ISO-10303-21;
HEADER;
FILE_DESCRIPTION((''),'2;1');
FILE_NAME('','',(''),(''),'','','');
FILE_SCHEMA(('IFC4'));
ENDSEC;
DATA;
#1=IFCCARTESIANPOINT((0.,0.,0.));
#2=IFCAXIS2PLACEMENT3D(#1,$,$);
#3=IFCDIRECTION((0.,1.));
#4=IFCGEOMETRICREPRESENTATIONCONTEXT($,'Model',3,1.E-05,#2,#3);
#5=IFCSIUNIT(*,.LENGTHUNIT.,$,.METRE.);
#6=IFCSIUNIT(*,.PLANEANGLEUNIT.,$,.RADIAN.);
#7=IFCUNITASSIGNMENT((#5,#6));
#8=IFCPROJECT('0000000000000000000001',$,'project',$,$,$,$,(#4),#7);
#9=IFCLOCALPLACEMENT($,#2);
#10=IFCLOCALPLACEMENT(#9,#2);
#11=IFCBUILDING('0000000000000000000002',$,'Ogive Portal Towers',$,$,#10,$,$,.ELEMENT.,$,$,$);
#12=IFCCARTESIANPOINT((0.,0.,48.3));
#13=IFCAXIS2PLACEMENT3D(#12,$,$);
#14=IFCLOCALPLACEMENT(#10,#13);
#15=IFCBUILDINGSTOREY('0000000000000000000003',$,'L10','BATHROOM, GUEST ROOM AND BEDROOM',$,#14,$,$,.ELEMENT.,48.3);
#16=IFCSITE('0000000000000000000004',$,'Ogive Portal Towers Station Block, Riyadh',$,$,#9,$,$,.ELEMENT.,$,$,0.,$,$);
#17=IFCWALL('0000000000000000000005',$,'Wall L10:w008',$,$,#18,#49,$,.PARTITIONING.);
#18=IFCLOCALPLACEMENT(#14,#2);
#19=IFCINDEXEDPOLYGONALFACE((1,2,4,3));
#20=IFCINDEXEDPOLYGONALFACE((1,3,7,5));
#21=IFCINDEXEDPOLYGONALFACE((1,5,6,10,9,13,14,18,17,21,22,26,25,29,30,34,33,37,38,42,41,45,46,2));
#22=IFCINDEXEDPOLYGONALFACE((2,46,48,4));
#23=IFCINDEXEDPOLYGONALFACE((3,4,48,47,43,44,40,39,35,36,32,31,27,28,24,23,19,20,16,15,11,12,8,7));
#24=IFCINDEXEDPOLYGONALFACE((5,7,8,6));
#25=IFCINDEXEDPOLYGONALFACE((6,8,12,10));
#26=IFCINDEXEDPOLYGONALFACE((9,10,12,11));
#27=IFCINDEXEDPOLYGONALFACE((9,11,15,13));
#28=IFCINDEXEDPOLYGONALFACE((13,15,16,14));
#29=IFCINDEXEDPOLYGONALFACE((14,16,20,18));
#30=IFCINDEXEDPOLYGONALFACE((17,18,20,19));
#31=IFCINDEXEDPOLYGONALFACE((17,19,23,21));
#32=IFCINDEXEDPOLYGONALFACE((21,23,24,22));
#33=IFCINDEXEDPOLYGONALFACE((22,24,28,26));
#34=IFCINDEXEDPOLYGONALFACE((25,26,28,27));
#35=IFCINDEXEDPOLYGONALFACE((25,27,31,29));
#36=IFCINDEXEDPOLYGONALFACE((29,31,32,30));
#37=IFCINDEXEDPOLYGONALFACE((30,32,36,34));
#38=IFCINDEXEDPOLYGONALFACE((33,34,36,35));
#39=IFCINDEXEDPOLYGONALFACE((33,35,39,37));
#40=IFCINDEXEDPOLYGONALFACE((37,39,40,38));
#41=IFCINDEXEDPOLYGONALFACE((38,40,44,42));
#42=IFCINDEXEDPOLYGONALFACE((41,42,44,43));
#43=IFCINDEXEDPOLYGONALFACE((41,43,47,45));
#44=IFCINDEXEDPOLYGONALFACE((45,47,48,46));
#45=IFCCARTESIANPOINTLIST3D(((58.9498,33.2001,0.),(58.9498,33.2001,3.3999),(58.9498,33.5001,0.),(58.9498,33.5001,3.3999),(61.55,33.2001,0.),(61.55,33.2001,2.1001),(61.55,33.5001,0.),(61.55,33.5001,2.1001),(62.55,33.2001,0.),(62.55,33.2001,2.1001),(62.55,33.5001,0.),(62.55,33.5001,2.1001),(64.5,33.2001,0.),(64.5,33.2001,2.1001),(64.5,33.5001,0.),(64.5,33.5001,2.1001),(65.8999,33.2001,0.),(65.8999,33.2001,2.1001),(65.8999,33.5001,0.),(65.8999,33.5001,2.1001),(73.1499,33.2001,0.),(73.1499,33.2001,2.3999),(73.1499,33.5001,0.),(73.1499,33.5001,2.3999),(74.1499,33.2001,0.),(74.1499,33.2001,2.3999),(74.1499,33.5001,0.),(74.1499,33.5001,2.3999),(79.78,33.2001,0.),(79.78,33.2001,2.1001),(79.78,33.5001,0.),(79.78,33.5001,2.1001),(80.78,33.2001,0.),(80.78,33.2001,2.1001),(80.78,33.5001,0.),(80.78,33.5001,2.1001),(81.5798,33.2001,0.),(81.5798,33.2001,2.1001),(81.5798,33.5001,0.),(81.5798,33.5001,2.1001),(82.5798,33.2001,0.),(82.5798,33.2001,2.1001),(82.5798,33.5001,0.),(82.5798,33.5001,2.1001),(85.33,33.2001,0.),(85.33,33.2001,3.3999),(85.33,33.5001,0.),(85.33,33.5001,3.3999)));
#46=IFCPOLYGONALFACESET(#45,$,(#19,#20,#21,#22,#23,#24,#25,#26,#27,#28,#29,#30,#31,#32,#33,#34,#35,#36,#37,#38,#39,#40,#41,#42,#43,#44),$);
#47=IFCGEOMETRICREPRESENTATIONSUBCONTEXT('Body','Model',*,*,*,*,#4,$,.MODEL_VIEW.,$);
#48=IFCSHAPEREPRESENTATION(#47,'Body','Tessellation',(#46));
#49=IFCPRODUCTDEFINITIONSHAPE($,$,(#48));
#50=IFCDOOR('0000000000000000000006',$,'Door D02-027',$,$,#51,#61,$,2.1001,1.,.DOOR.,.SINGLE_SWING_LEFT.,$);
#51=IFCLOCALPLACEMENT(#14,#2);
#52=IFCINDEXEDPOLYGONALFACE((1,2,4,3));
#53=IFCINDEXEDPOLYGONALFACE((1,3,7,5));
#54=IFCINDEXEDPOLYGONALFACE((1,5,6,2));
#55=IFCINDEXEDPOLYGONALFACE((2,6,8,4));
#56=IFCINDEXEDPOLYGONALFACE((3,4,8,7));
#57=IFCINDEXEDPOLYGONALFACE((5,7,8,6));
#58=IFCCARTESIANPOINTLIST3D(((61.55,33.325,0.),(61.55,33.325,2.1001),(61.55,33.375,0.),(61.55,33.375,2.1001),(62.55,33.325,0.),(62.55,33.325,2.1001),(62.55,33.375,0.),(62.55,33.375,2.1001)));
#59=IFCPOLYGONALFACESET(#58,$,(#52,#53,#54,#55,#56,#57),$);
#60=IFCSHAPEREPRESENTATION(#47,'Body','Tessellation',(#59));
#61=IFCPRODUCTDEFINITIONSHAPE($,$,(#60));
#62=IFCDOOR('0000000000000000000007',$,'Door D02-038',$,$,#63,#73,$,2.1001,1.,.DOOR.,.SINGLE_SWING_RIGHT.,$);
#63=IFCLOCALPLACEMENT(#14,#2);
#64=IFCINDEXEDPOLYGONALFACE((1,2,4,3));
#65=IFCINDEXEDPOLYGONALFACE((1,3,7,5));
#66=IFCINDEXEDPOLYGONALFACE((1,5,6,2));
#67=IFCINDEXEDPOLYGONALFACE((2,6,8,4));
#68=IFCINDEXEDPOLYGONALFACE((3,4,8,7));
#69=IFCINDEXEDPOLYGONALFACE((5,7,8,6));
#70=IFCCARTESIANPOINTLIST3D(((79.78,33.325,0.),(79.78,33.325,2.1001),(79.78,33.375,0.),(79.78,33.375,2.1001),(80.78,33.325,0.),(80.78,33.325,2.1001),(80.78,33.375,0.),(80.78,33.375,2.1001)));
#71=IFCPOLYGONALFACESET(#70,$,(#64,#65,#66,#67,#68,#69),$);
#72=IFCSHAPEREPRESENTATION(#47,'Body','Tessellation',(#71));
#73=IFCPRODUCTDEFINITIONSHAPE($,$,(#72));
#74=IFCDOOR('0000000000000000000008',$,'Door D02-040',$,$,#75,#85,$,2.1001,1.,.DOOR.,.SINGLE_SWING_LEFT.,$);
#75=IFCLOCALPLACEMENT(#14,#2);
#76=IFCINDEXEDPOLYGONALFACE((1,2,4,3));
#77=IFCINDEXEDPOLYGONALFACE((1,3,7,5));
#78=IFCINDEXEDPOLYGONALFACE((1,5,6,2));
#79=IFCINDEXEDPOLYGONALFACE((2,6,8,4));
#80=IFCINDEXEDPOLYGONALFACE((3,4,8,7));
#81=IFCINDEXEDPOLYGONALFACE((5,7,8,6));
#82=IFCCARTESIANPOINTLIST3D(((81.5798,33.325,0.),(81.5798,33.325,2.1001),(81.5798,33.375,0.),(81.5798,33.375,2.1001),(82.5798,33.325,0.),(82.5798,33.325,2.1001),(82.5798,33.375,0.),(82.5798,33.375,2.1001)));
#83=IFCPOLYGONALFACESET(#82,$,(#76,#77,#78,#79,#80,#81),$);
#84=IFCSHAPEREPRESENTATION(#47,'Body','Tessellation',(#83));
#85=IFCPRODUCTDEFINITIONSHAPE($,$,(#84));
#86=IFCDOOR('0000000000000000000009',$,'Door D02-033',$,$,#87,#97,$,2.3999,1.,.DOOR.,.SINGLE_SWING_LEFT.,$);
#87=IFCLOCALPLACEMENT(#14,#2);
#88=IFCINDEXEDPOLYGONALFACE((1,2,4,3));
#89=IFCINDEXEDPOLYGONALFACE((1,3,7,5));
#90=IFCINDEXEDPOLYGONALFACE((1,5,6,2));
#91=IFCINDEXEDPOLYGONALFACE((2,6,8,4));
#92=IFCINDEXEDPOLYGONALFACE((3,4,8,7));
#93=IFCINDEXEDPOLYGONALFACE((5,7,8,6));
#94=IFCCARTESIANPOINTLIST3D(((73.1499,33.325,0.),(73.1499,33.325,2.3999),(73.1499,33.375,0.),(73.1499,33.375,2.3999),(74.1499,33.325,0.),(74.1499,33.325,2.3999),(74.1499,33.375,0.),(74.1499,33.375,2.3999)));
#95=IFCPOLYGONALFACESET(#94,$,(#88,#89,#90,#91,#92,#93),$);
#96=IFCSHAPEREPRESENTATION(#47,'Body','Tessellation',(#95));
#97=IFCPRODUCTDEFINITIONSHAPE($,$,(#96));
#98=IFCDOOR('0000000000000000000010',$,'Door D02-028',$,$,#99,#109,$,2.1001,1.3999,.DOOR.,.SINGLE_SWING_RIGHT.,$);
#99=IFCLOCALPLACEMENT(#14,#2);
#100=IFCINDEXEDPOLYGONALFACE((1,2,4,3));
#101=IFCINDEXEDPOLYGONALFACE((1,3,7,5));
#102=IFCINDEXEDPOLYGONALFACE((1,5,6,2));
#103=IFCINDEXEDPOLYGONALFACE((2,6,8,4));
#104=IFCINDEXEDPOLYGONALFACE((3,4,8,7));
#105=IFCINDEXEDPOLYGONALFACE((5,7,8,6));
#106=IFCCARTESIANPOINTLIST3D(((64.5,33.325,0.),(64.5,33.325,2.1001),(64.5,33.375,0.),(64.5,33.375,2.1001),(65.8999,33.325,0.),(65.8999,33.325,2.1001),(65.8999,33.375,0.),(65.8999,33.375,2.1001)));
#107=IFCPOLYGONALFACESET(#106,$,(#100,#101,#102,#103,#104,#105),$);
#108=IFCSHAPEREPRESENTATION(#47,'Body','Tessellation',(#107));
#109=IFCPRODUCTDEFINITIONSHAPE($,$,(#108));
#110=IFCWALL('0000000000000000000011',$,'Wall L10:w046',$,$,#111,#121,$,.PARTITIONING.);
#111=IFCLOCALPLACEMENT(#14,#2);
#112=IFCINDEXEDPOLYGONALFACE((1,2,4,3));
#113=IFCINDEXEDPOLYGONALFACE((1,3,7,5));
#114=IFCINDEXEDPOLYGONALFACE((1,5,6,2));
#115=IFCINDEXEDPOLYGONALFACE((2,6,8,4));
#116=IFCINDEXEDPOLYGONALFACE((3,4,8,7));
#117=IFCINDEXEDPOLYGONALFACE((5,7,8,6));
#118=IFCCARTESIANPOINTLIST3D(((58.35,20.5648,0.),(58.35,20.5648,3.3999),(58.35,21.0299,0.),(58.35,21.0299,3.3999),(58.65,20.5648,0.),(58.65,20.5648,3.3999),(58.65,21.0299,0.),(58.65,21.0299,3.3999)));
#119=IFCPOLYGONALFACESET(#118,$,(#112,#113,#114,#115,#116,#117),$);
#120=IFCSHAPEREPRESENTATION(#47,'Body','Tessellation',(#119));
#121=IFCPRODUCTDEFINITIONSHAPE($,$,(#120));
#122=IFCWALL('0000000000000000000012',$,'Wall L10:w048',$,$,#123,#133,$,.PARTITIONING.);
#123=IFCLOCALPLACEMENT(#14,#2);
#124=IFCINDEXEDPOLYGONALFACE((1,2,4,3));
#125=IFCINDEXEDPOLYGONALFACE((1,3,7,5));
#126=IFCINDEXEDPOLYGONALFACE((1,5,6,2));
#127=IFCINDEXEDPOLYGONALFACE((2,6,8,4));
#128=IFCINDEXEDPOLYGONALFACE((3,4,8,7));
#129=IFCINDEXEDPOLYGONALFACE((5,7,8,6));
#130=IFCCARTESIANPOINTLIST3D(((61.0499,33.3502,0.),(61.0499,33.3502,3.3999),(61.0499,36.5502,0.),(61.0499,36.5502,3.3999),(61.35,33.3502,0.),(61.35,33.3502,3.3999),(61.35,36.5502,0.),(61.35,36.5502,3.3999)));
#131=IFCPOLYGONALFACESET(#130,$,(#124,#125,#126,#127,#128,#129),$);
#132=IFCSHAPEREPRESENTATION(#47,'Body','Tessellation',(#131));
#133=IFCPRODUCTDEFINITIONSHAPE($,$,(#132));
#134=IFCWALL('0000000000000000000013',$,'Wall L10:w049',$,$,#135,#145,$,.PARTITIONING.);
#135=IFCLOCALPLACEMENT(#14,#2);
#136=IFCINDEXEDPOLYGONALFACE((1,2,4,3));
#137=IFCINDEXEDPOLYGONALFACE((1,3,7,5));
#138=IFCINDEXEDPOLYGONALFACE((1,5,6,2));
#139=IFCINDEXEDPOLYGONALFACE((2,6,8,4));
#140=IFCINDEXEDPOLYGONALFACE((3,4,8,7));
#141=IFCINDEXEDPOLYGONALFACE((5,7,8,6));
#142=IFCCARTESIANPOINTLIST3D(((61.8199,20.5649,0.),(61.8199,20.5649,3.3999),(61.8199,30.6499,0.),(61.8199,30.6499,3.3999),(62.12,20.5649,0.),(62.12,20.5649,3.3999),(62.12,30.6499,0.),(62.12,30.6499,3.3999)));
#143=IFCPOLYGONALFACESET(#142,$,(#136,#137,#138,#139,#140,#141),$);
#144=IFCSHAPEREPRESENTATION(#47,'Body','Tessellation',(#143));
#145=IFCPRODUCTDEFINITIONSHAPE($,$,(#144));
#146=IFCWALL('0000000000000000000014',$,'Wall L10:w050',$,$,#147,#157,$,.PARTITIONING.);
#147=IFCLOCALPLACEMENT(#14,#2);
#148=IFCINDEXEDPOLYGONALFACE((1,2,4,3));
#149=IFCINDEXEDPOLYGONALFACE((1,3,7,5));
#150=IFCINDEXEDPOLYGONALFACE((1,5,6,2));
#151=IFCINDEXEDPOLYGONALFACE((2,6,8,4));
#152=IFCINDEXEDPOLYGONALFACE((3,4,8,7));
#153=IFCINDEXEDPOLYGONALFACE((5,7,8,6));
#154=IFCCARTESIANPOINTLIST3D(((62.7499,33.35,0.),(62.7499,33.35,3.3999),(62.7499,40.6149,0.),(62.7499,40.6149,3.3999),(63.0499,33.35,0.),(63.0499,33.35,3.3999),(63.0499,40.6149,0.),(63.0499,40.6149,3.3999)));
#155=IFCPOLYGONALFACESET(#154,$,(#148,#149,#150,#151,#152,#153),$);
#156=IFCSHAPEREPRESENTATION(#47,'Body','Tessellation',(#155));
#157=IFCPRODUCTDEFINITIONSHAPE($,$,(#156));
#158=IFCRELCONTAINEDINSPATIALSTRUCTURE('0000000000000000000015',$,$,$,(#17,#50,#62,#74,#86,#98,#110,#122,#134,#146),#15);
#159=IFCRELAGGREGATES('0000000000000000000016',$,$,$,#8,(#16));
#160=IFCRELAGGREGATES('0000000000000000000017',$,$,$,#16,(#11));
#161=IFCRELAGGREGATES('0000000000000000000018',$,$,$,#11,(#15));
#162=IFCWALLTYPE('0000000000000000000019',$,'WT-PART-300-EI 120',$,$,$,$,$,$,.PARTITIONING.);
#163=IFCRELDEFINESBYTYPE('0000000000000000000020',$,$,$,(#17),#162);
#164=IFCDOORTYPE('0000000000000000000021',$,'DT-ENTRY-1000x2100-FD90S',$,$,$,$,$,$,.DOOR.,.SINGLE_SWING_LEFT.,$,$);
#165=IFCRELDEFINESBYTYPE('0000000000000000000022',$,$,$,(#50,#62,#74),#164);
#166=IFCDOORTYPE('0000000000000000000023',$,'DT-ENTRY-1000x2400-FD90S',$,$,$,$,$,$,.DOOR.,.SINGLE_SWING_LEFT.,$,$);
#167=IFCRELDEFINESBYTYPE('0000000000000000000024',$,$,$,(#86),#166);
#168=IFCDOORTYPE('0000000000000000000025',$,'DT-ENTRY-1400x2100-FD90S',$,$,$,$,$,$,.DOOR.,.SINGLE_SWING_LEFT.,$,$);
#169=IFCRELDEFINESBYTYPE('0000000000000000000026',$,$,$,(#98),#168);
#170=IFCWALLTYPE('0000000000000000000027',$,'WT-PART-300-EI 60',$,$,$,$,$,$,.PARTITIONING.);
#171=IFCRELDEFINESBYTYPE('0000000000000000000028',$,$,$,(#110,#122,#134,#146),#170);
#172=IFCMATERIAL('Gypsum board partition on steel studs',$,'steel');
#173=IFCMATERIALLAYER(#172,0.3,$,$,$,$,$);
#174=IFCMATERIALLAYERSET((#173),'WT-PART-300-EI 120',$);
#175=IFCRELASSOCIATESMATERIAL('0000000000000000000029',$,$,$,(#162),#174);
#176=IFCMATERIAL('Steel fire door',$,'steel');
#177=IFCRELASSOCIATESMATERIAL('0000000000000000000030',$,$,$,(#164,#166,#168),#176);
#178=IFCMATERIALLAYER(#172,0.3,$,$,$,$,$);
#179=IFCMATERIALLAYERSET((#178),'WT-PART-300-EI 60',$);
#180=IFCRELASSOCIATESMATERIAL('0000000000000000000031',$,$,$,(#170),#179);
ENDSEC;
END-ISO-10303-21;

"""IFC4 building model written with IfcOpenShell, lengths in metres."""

from ifc_helpers import new_model, si_unit, direction, frame, frame_2d, origin, place, context, subcontext, project, spatial, rectangle, extrude, material, layer, layer_set, type_object, element, fill, save


model = new_model("IFC4")

# Units and contexts
model_context = context("Model", 3, precision=1e-05, world=origin(), true_north=direction((0.0, 1.0)))
body_context = subcontext(model_context, "Body", "Model", "MODEL_VIEW")
ifc_project = project(units=[si_unit("LENGTHUNIT", "METRE"), si_unit("PLANEANGLEUNIT", "RADIAN")], contexts=[model_context])

# Site, building, storey
site_placement = place(None, origin())
site = spatial("IfcSite", under=ifc_project, at=site_placement, Name="Ogive Portal Towers Station Block, Riyadh", CompositionType="ELEMENT", RefElevation=0.0)
building_placement = place(site_placement, origin())
building = spatial("IfcBuilding", under=site, at=building_placement, Name="Ogive Portal Towers", CompositionType="ELEMENT")
storey_placement = place(building_placement, frame((0.0, 0.0, 48.3)))
storey = spatial("IfcBuildingStorey", under=building, at=storey_placement, Name="L10", Description="BATHROOM, GUEST ROOM AND BEDROOM", CompositionType="ELEMENT", Elevation=48.3)

# Shared definitions
ifc_material_1 = material(Name="Steel fire door", Category="steel")
ifc_material_2 = material(Name="Gypsum board partition on steel studs", Category="steel")

# Wall, openings, doors
ifc_layer_1 = layer(ifc_material_2, 0.3)
ifc_layer_set_1 = layer_set([ifc_layer_1], Name="WT-PART-300-EI 120")
wall_type_1 = type_object("IfcWallType", Name="WT-PART-300-EI 120", PredefinedType="PARTITIONING", material=ifc_layer_set_1)
door_type_1 = type_object("IfcDoorType", Name="DT-ENTRY-1000x2100-FD90S", OperationType="SINGLE_SWING_LEFT", PredefinedType="DOOR", material=ifc_material_1)
door_type_2 = type_object("IfcDoorType", Name="DT-ENTRY-1000x2400-FD90S", OperationType="SINGLE_SWING_LEFT", PredefinedType="DOOR", material=ifc_material_1)
wall_1_placement = place(storey_placement, frame((58.95, 33.3501, 0.0), z_axis=(0.0, 0.0, 1.0), x_axis=(1.0, 0.0, 0.0)))
wall_1 = element("IfcWall", 1, at=wall_1_placement, inside=storey, type_object=wall_type_1, Name="Wall L10:w008", PredefinedType="PARTITIONING", context=body_context, shape_type="SweptSolid", body=[
    extrude(rectangle(XDim=26.3801, YDim=0.3, at=frame_2d((13.1899, 0.0))), origin(), (0.0, 0.0, 1.0), 3.3999),
])
opening_1_placement = place(wall_1_placement, frame((2.6001, 0.0, 0.0)))
opening_1 = element("IfcOpeningElement", 2, at=opening_1_placement, cuts=wall_1, PredefinedType="OPENING", context=body_context, shape_type="SweptSolid", body=[
    extrude(rectangle(XDim=1.0, YDim=2.1001, at=frame_2d((0.5, 1.05))), frame((0.0, 0.1602, 0.0), z_axis=(0.0, -1.0, 0.0), x_axis=(1.0, 0.0, 0.0)), (0.0, 0.0, 1.0), 0.3201),
])
opening_2_placement = place(wall_1_placement, frame((5.55, 0.0, 0.0)))
opening_2 = element("IfcOpeningElement", 3, at=opening_2_placement, cuts=wall_1, PredefinedType="OPENING", context=body_context, shape_type="SweptSolid", body=[
    extrude(rectangle(XDim=1.3999, YDim=2.1001, at=frame_2d((0.7, 1.05))), frame((0.0, 0.1602, 0.0), z_axis=(0.0, -1.0, 0.0), x_axis=(1.0, 0.0, 0.0)), (0.0, 0.0, 1.0), 0.3201),
])
opening_3_placement = place(wall_1_placement, frame((14.2, 0.0, 0.0)))
opening_3 = element("IfcOpeningElement", 4, at=opening_3_placement, cuts=wall_1, PredefinedType="OPENING", context=body_context, shape_type="SweptSolid", body=[
    extrude(rectangle(XDim=1.0, YDim=2.3999, at=frame_2d((0.5, 1.2))), frame((0.0, 0.1602, 0.0), z_axis=(0.0, -1.0, 0.0), x_axis=(1.0, 0.0, 0.0)), (0.0, 0.0, 1.0), 0.3201),
])
opening_4_placement = place(wall_1_placement, frame((20.8301, 0.0, 0.0)))
opening_4 = element("IfcOpeningElement", 5, at=opening_4_placement, cuts=wall_1, PredefinedType="OPENING", context=body_context, shape_type="SweptSolid", body=[
    extrude(rectangle(XDim=1.0, YDim=2.1001, at=frame_2d((0.5, 1.05))), frame((0.0, 0.1602, 0.0), z_axis=(0.0, -1.0, 0.0), x_axis=(1.0, 0.0, 0.0)), (0.0, 0.0, 1.0), 0.3201),
])
opening_5_placement = place(wall_1_placement, frame((22.6299, 0.0, 0.0)))
opening_5 = element("IfcOpeningElement", 6, at=opening_5_placement, cuts=wall_1, PredefinedType="OPENING", context=body_context, shape_type="SweptSolid", body=[
    extrude(rectangle(XDim=1.0, YDim=2.1001, at=frame_2d((0.5, 1.05))), frame((0.0, 0.1602, 0.0), z_axis=(0.0, -1.0, 0.0), x_axis=(1.0, 0.0, 0.0)), (0.0, 0.0, 1.0), 0.3201),
])
door_1_placement = place(opening_1_placement, origin())
door_1 = element("IfcDoor", 7, at=door_1_placement, inside=storey, type_object=door_type_1, Name="Door D02-027", OperationType="SINGLE_SWING_LEFT", OverallHeight=2.1001, OverallWidth=1.0, PredefinedType="DOOR", context=body_context, shape_type="SweptSolid", body=[
    extrude(rectangle(XDim=1.0, YDim=2.1001, at=frame_2d((0.5, 1.05))), frame((0.0, 0.0249, 0.0), z_axis=(0.0, -1.0, 0.0), x_axis=(1.0, 0.0, 0.0)), (0.0, 0.0, 1.0), 0.05),
])
fill(opening_1, door_1)
door_2_placement = place(opening_4_placement, origin())
door_2 = element("IfcDoor", 8, at=door_2_placement, inside=storey, type_object=door_type_1, Name="Door D02-038", OperationType="SINGLE_SWING_RIGHT", OverallHeight=2.1001, OverallWidth=1.0, PredefinedType="DOOR", context=body_context, shape_type="SweptSolid", body=[
    extrude(rectangle(XDim=1.0, YDim=2.1001, at=frame_2d((0.5, 1.05))), frame((0.0, 0.0249, 0.0), z_axis=(0.0, -1.0, 0.0), x_axis=(1.0, 0.0, 0.0)), (0.0, 0.0, 1.0), 0.05),
])
fill(opening_4, door_2)
door_3_placement = place(opening_5_placement, origin())
door_3 = element("IfcDoor", 9, at=door_3_placement, inside=storey, type_object=door_type_1, Name="Door D02-040", OperationType="SINGLE_SWING_LEFT", OverallHeight=2.1001, OverallWidth=1.0, PredefinedType="DOOR", context=body_context, shape_type="SweptSolid", body=[
    extrude(rectangle(XDim=1.0, YDim=2.1001, at=frame_2d((0.5, 1.05))), frame((0.0, 0.0249, 0.0), z_axis=(0.0, -1.0, 0.0), x_axis=(1.0, 0.0, 0.0)), (0.0, 0.0, 1.0), 0.05),
])
fill(opening_5, door_3)
door_4_placement = place(opening_3_placement, origin())
door_4 = element("IfcDoor", 10, at=door_4_placement, inside=storey, type_object=door_type_2, Name="Door D02-033", OperationType="SINGLE_SWING_LEFT", OverallHeight=2.3999, OverallWidth=1.0, PredefinedType="DOOR", context=body_context, shape_type="SweptSolid", body=[
    extrude(rectangle(XDim=1.0, YDim=2.3999, at=frame_2d((0.5, 1.2))), frame((0.0, 0.0249, 0.0), z_axis=(0.0, -1.0, 0.0), x_axis=(1.0, 0.0, 0.0)), (0.0, 0.0, 1.0), 0.05),
])
fill(opening_3, door_4)
door_type_3 = type_object("IfcDoorType", Name="DT-ENTRY-1400x2100-FD90S", OperationType="SINGLE_SWING_LEFT", PredefinedType="DOOR", material=ifc_material_1)
door_5_placement = place(opening_2_placement, origin())
door_5 = element("IfcDoor", 11, at=door_5_placement, inside=storey, type_object=door_type_3, Name="Door D02-028", OperationType="SINGLE_SWING_RIGHT", OverallHeight=2.1001, OverallWidth=1.3999, PredefinedType="DOOR", context=body_context, shape_type="SweptSolid", body=[
    extrude(rectangle(XDim=1.3999, YDim=2.1001, at=frame_2d((0.7, 1.05))), frame((0.0, 0.0249, 0.0), z_axis=(0.0, -1.0, 0.0), x_axis=(1.0, 0.0, 0.0)), (0.0, 0.0, 1.0), 0.05),
])
fill(opening_2, door_5)

# Walls
ifc_layer_2 = layer(ifc_material_2, 0.3)
ifc_layer_set_2 = layer_set([ifc_layer_2], Name="WT-PART-300-EI 60")
wall_type_2 = type_object("IfcWallType", Name="WT-PART-300-EI 60", PredefinedType="PARTITIONING", material=ifc_layer_set_2)
wall_2_placement = place(storey_placement, frame((58.5, 20.5649, 0.0), z_axis=(0.0, 0.0, 1.0), x_axis=(0.0, 1.0, 0.0)))
element("IfcWall", 12, at=wall_2_placement, inside=storey, type_object=wall_type_2, Name="Wall L10:w046", PredefinedType="PARTITIONING", context=body_context, shape_type="SweptSolid", body=[
    extrude(rectangle(XDim=0.4651, YDim=0.3, at=frame_2d((0.2324, 0.0))), origin(), (0.0, 0.0, 1.0), 3.3999),
])
wall_3_placement = place(storey_placement, frame((61.2, 33.3501, 0.0), z_axis=(0.0, 0.0, 1.0), x_axis=(0.0, 1.0, 0.0)))
element("IfcWall", 13, at=wall_3_placement, inside=storey, type_object=wall_type_2, Name="Wall L10:w048", PredefinedType="PARTITIONING", context=body_context, shape_type="SweptSolid", body=[
    extrude(rectangle(XDim=3.2, YDim=0.3, at=frame_2d((1.6001, 0.0))), origin(), (0.0, 0.0, 1.0), 3.3999),
])
wall_4_placement = place(storey_placement, frame((61.97, 20.5649, 0.0), z_axis=(0.0, 0.0, 1.0), x_axis=(0.0, 1.0, 0.0)))
element("IfcWall", 14, at=wall_4_placement, inside=storey, type_object=wall_type_2, Name="Wall L10:w049", PredefinedType="PARTITIONING", context=body_context, shape_type="SweptSolid", body=[
    extrude(rectangle(XDim=10.085, YDim=0.3, at=frame_2d((5.0425, 0.0))), origin(), (0.0, 0.0, 1.0), 3.3999),
])
wall_5_placement = place(storey_placement, frame((62.8999, 33.3501, 0.0), z_axis=(0.0, 0.0, 1.0), x_axis=(0.0, 1.0, 0.0)))
element("IfcWall", 15, at=wall_5_placement, inside=storey, type_object=wall_type_2, Name="Wall L10:w050", PredefinedType="PARTITIONING", context=body_context, shape_type="SweptSolid", body=[
    extrude(rectangle(XDim=7.2649, YDim=0.3, at=frame_2d((3.6323, 0.0))), origin(), (0.0, 0.0, 1.0), 3.3999),
])

save(model, "model.ifc")
